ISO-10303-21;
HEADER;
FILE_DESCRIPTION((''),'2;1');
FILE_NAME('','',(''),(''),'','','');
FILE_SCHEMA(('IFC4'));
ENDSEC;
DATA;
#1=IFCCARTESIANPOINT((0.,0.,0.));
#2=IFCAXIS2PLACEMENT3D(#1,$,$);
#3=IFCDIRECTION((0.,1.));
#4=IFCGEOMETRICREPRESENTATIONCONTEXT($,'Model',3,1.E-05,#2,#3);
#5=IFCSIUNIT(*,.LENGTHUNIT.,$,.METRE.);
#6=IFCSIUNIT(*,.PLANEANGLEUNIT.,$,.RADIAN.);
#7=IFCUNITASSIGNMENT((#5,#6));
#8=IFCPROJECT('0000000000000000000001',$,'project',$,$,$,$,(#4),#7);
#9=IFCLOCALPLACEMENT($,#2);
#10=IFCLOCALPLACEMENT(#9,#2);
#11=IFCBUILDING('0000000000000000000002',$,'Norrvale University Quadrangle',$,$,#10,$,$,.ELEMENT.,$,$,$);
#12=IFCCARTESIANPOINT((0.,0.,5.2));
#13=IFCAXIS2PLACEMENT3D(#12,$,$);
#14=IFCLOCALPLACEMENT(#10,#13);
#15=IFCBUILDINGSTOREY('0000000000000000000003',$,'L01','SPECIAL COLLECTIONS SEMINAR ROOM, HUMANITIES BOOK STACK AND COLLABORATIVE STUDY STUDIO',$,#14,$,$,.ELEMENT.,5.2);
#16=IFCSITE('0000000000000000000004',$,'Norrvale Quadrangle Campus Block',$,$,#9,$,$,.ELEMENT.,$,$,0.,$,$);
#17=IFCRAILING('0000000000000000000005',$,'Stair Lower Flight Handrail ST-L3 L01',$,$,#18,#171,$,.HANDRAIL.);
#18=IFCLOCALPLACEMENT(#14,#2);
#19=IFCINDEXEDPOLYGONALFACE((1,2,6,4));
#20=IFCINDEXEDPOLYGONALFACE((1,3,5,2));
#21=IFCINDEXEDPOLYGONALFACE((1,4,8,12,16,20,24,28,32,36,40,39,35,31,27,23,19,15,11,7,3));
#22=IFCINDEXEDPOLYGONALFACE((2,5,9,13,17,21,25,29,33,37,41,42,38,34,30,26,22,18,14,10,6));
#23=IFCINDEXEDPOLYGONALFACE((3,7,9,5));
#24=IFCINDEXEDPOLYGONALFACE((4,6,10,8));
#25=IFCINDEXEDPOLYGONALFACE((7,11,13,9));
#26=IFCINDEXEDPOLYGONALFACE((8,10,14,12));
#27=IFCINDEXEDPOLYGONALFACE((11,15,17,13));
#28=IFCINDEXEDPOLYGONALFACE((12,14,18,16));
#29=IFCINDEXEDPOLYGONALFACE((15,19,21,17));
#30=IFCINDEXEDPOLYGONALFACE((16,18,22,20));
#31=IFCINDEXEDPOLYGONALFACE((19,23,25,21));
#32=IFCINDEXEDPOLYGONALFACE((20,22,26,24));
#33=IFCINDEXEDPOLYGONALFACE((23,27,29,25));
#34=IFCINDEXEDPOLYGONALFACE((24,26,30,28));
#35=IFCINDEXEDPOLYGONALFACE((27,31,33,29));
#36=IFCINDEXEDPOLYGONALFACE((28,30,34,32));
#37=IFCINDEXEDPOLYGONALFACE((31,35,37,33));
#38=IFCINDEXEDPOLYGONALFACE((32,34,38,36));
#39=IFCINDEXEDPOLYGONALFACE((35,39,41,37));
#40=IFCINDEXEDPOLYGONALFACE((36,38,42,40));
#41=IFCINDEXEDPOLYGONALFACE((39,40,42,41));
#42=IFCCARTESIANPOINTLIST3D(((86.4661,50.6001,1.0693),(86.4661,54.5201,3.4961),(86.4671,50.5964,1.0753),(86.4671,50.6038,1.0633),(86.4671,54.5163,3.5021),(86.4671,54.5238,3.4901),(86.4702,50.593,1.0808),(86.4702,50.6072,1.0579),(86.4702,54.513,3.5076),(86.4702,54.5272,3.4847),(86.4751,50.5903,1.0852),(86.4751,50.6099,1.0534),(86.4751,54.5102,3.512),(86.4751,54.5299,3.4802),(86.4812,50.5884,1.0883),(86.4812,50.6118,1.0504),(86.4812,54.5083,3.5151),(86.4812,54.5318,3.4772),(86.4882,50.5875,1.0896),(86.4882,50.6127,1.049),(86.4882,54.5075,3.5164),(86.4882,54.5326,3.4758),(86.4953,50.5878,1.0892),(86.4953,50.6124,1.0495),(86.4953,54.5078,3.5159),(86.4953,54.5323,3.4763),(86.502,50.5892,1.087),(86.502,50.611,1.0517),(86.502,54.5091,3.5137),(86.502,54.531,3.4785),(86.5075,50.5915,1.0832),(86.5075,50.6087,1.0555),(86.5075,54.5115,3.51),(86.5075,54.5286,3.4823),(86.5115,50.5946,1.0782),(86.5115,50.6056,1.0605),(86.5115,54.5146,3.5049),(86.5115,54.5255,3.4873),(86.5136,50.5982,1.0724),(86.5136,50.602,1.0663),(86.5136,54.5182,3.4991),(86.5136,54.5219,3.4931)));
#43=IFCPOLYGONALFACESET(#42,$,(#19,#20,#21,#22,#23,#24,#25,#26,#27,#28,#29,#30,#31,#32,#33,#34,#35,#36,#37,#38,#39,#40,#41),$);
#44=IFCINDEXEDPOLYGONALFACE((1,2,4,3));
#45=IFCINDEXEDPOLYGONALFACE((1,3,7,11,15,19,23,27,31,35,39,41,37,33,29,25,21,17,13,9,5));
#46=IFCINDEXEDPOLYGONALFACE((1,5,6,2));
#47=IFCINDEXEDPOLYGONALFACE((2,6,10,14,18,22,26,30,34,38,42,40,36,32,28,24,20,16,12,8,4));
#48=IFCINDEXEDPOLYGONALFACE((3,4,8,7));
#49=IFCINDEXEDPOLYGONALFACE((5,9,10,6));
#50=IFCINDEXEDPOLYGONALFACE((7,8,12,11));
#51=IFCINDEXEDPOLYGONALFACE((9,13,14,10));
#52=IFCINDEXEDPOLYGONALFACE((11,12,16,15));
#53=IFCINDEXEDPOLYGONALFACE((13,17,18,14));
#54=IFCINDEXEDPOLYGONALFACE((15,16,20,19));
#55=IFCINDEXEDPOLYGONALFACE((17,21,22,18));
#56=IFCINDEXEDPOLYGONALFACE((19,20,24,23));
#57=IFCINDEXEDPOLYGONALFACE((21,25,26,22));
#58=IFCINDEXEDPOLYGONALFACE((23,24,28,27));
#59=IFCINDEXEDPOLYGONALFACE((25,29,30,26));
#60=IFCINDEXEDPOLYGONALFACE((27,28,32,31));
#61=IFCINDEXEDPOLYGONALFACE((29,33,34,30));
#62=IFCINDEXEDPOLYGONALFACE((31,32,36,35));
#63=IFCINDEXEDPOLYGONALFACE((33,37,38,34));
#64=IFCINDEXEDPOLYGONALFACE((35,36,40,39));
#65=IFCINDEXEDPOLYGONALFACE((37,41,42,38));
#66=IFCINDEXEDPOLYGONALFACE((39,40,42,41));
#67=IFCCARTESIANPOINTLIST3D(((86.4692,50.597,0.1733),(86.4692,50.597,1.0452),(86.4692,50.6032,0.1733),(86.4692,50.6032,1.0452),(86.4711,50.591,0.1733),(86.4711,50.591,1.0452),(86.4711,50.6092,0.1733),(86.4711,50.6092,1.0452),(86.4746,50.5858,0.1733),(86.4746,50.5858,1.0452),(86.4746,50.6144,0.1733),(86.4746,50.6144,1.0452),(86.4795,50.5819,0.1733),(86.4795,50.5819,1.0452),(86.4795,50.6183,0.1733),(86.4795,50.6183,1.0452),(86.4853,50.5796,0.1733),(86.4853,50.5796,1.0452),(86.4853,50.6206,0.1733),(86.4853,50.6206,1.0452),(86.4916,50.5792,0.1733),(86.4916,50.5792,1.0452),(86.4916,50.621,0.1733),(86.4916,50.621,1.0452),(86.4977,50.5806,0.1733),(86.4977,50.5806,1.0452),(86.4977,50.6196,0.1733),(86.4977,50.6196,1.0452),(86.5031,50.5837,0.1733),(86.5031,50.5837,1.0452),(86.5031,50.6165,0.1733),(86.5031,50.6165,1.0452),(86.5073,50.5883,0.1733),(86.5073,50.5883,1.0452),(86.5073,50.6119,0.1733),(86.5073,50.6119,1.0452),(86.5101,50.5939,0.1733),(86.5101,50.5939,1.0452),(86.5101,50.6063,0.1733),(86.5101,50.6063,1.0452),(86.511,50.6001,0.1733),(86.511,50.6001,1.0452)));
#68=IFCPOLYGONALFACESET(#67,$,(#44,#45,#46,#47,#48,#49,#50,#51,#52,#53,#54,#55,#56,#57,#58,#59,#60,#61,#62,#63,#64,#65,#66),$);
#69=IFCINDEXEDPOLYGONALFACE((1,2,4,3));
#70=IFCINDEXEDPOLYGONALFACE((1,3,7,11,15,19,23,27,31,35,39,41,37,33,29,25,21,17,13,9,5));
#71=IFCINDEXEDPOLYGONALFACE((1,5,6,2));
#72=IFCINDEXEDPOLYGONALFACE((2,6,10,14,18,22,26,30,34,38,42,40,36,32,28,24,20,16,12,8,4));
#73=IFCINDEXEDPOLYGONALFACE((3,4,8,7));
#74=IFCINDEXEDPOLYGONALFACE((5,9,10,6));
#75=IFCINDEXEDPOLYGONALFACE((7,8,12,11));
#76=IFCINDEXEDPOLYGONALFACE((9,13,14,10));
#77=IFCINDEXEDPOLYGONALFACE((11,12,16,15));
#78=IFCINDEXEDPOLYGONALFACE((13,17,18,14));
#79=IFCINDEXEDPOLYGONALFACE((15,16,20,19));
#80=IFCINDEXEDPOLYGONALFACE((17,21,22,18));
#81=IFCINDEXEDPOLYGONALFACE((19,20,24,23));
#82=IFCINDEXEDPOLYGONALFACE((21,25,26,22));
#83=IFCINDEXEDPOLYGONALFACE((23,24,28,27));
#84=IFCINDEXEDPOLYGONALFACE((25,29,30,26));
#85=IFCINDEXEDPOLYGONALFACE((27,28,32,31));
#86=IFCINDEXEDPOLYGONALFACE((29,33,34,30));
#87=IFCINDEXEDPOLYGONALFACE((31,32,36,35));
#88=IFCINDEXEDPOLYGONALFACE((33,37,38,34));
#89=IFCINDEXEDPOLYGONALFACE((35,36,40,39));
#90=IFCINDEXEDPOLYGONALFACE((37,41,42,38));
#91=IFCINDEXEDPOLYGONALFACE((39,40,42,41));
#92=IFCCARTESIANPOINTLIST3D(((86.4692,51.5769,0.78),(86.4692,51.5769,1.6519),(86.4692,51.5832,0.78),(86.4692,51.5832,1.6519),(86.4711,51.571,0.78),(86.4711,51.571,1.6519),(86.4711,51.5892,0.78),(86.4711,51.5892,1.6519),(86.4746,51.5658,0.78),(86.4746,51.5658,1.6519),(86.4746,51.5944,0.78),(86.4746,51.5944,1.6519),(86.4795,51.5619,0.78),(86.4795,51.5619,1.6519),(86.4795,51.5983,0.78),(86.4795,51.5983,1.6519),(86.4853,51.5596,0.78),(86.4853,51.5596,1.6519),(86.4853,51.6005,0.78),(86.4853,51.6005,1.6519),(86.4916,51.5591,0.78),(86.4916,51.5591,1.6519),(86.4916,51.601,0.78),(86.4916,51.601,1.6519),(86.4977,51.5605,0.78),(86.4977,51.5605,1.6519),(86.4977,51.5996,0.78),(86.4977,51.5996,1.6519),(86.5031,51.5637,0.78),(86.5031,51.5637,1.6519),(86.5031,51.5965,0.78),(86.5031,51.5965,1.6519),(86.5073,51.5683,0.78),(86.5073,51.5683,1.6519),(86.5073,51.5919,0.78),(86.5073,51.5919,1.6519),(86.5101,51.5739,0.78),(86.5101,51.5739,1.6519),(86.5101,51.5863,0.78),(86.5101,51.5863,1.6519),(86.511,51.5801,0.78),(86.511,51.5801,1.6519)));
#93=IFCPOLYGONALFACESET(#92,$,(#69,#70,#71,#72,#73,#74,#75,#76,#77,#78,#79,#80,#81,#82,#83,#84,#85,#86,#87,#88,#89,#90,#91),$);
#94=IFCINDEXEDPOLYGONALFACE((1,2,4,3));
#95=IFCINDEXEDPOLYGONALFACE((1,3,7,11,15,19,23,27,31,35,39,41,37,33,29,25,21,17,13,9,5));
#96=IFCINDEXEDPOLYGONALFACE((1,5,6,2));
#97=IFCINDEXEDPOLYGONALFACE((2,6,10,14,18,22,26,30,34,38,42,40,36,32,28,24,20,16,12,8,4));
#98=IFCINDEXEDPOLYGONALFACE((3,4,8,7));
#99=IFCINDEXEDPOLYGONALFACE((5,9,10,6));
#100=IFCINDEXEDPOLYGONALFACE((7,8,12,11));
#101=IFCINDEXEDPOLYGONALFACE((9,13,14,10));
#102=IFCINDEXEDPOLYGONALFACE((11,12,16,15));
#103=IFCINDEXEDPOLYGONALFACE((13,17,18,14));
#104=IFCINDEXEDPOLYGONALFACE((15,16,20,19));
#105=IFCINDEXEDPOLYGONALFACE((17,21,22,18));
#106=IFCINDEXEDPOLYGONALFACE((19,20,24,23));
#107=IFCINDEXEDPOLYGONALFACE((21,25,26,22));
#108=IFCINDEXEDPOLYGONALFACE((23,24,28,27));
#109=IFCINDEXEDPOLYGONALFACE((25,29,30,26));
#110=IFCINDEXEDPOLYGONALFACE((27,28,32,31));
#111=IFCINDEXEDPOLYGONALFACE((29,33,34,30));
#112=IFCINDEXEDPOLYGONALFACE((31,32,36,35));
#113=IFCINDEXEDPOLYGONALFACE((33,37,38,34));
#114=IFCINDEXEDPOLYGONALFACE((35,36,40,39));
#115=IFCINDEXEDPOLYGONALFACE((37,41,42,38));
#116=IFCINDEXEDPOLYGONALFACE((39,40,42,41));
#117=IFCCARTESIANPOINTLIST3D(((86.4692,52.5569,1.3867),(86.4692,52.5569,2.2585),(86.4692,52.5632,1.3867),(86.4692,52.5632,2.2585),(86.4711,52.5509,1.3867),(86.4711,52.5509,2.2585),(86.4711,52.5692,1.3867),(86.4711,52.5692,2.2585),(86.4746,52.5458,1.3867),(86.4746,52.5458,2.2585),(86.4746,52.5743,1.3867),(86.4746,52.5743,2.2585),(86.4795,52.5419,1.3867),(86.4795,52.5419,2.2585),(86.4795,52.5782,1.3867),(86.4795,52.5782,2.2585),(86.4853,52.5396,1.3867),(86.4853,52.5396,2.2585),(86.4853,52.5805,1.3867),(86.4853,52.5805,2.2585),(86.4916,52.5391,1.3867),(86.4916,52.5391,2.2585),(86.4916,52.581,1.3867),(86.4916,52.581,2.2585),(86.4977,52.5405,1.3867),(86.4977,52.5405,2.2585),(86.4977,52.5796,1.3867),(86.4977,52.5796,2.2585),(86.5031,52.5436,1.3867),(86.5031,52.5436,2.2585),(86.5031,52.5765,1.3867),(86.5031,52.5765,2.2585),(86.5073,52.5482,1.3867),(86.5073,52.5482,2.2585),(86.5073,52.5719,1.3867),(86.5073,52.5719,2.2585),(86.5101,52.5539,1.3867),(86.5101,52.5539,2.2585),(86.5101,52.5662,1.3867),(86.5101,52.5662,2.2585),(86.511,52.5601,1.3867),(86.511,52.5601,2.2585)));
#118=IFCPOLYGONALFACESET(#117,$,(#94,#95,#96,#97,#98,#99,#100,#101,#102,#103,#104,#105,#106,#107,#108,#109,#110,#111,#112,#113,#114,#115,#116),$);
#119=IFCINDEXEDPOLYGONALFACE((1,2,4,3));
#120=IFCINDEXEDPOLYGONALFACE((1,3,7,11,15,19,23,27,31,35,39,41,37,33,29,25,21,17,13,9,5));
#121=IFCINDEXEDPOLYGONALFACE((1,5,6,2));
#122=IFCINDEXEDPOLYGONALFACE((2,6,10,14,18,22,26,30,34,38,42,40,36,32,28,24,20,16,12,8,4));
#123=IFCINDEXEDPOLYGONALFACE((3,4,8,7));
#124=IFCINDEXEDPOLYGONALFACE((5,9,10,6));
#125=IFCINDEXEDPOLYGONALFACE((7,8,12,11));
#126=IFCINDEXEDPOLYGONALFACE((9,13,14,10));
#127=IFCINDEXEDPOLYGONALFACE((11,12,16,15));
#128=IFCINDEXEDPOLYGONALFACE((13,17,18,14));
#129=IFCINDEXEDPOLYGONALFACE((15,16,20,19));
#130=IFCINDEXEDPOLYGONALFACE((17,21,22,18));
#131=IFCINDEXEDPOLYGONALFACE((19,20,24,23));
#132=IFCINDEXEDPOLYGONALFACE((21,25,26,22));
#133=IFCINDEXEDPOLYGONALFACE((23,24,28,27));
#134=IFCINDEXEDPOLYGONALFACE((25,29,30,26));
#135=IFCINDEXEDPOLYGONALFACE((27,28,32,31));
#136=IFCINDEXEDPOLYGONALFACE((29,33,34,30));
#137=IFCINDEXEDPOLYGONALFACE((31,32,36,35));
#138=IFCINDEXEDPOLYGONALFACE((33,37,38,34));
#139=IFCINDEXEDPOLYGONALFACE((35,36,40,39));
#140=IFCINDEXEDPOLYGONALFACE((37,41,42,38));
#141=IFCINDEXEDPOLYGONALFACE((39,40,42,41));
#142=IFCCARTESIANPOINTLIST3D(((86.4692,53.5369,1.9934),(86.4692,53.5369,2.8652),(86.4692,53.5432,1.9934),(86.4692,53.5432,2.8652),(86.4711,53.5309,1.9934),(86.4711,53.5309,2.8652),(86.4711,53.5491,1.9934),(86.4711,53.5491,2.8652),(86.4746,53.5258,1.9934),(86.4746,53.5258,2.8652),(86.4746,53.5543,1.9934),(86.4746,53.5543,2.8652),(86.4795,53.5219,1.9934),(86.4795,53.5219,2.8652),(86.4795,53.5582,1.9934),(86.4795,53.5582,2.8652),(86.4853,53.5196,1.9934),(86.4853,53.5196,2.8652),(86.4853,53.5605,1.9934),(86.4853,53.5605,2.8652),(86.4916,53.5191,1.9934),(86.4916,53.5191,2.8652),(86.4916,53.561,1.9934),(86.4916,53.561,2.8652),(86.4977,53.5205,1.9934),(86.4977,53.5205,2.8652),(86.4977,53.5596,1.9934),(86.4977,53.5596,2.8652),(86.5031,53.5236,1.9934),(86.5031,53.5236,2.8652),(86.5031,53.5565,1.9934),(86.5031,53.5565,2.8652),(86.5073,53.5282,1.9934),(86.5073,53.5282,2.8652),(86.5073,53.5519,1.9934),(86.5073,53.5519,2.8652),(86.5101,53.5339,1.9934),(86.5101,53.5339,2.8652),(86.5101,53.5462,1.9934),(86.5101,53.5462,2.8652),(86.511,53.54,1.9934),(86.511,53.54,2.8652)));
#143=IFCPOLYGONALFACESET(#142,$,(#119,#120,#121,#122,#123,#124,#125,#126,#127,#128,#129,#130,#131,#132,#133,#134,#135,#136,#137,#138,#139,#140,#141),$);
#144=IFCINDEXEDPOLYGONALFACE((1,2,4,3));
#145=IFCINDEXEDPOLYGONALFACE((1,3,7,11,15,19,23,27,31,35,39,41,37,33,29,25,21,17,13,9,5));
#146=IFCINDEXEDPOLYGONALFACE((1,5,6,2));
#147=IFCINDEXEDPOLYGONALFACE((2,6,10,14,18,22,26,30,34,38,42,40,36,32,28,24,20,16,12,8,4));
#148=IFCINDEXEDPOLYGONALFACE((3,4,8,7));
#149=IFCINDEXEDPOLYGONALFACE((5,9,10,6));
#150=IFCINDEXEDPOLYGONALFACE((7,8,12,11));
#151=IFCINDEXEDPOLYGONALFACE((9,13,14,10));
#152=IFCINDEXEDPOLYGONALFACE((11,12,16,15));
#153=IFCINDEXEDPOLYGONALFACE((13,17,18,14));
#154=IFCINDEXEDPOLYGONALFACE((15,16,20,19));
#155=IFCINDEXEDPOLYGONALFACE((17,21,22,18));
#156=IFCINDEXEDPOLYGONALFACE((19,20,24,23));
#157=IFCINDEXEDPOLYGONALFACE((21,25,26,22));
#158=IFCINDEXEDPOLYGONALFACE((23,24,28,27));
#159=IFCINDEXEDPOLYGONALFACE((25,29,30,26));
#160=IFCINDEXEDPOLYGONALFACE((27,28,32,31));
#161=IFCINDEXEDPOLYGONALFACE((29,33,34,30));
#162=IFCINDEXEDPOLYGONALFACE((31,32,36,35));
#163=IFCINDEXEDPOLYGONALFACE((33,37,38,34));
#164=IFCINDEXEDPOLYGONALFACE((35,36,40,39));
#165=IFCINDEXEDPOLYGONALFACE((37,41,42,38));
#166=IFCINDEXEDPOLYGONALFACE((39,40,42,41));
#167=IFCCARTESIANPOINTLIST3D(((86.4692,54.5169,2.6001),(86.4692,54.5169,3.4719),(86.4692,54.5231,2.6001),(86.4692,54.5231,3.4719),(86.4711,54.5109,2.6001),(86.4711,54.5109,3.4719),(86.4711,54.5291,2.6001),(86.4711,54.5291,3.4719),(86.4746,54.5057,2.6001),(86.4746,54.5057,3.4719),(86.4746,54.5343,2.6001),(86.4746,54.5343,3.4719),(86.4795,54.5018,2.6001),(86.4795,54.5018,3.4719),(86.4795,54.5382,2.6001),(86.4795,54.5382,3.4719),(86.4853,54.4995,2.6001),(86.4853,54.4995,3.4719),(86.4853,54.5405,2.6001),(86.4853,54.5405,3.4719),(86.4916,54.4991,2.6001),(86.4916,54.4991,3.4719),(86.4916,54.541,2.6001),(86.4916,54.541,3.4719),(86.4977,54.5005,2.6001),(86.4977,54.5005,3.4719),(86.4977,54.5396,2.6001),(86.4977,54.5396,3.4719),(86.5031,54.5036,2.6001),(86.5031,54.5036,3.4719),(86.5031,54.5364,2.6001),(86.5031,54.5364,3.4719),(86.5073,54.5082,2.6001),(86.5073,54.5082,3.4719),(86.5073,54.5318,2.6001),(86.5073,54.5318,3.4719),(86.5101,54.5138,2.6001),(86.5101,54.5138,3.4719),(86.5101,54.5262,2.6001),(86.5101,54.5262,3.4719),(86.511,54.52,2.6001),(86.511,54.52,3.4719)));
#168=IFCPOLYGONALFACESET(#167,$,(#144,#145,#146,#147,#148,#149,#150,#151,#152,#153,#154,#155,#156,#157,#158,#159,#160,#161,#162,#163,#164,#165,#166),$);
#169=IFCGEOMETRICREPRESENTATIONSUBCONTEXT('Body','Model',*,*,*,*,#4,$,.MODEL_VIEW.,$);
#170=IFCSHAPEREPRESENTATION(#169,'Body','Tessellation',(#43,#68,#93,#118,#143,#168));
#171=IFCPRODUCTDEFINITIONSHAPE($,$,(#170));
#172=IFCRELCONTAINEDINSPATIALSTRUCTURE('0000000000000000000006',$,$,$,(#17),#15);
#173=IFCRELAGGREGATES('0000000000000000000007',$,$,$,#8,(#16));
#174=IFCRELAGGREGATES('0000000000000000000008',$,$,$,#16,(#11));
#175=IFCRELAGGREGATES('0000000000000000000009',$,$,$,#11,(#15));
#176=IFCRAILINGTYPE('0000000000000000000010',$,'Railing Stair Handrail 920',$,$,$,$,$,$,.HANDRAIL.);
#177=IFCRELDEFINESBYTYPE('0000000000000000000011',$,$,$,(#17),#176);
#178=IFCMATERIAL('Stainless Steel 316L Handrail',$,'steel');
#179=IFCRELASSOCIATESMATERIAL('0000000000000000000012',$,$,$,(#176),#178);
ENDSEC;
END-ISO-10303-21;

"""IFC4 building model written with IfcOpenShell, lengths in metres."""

from ifc_helpers import new_model, si_unit, direction, frame, origin, origin_2d, place, context, subcontext, project, spatial, circle, extrude, material, type_object, element, save


model = new_model("IFC4")

# Units and contexts
model_context = context("Model", 3, precision=1e-05, world=origin(), true_north=direction((0.0, 1.0)))
body_context = subcontext(model_context, "Body", "Model", "MODEL_VIEW")
ifc_project = project(units=[si_unit("LENGTHUNIT", "METRE"), si_unit("PLANEANGLEUNIT", "RADIAN")], contexts=[model_context])

# Site, building, storey
site_placement = place(None, origin())
site = spatial("IfcSite", under=ifc_project, at=site_placement, Name="Norrvale Quadrangle Campus Block", CompositionType="ELEMENT", RefElevation=0.0)
building_placement = place(site_placement, origin())
building = spatial("IfcBuilding", under=site, at=building_placement, Name="Norrvale University Quadrangle", CompositionType="ELEMENT")
storey_placement = place(building_placement, frame((0.0, 0.0, 5.2)))
storey = spatial("IfcBuildingStorey", under=building, at=storey_placement, Name="L01", Description="SPECIAL COLLECTIONS SEMINAR ROOM, HUMANITIES BOOK STACK AND COLLABORATIVE STUDY STUDIO", CompositionType="ELEMENT", Elevation=5.2)

# Railing
ifc_material_1 = material(Name="Stainless Steel 316L Handrail", Category="steel")
railing_type_1 = type_object("IfcRailingType", Name="Railing Stair Handrail 920", PredefinedType="HANDRAIL", material=ifc_material_1)
railing_1_placement = place(storey_placement, frame((86.49, 50.6001, 0.1733)))
element("IfcRailing", 1, at=railing_1_placement, inside=storey, type_object=railing_type_1, Name="Stair Lower Flight Handrail ST-L3 L01", PredefinedType="HANDRAIL", context=body_context, shape_type="SweptSolid", body=[
    extrude(circle(Radius=0.0239, at=origin_2d()), frame((0.0, 0.0, 0.896), z_axis=(0.0, 0.850252, 0.526376), x_axis=(-1.0, 0.0, 0.0)), (0.0, 0.0, 1.0), 4.6104),
    extrude(circle(Radius=0.021, at=origin_2d()), origin(), (0.0, 0.0, 1.0), 0.8718),
    extrude(circle(Radius=0.021, at=origin_2d()), frame((0.0, 0.98, 0.6067)), (0.0, 0.0, 1.0), 0.8718),
    extrude(circle(Radius=0.021, at=origin_2d()), frame((0.0, 1.96, 1.2134)), (0.0, 0.0, 1.0), 0.8718),
    extrude(circle(Radius=0.021, at=origin_2d()), frame((0.0, 2.9399, 1.8201)), (0.0, 0.0, 1.0), 0.8718),
    extrude(circle(Radius=0.021, at=origin_2d()), frame((0.0, 3.9199, 2.4268)), (0.0, 0.0, 1.0), 0.8718),
])

save(model, "model.ifc")
